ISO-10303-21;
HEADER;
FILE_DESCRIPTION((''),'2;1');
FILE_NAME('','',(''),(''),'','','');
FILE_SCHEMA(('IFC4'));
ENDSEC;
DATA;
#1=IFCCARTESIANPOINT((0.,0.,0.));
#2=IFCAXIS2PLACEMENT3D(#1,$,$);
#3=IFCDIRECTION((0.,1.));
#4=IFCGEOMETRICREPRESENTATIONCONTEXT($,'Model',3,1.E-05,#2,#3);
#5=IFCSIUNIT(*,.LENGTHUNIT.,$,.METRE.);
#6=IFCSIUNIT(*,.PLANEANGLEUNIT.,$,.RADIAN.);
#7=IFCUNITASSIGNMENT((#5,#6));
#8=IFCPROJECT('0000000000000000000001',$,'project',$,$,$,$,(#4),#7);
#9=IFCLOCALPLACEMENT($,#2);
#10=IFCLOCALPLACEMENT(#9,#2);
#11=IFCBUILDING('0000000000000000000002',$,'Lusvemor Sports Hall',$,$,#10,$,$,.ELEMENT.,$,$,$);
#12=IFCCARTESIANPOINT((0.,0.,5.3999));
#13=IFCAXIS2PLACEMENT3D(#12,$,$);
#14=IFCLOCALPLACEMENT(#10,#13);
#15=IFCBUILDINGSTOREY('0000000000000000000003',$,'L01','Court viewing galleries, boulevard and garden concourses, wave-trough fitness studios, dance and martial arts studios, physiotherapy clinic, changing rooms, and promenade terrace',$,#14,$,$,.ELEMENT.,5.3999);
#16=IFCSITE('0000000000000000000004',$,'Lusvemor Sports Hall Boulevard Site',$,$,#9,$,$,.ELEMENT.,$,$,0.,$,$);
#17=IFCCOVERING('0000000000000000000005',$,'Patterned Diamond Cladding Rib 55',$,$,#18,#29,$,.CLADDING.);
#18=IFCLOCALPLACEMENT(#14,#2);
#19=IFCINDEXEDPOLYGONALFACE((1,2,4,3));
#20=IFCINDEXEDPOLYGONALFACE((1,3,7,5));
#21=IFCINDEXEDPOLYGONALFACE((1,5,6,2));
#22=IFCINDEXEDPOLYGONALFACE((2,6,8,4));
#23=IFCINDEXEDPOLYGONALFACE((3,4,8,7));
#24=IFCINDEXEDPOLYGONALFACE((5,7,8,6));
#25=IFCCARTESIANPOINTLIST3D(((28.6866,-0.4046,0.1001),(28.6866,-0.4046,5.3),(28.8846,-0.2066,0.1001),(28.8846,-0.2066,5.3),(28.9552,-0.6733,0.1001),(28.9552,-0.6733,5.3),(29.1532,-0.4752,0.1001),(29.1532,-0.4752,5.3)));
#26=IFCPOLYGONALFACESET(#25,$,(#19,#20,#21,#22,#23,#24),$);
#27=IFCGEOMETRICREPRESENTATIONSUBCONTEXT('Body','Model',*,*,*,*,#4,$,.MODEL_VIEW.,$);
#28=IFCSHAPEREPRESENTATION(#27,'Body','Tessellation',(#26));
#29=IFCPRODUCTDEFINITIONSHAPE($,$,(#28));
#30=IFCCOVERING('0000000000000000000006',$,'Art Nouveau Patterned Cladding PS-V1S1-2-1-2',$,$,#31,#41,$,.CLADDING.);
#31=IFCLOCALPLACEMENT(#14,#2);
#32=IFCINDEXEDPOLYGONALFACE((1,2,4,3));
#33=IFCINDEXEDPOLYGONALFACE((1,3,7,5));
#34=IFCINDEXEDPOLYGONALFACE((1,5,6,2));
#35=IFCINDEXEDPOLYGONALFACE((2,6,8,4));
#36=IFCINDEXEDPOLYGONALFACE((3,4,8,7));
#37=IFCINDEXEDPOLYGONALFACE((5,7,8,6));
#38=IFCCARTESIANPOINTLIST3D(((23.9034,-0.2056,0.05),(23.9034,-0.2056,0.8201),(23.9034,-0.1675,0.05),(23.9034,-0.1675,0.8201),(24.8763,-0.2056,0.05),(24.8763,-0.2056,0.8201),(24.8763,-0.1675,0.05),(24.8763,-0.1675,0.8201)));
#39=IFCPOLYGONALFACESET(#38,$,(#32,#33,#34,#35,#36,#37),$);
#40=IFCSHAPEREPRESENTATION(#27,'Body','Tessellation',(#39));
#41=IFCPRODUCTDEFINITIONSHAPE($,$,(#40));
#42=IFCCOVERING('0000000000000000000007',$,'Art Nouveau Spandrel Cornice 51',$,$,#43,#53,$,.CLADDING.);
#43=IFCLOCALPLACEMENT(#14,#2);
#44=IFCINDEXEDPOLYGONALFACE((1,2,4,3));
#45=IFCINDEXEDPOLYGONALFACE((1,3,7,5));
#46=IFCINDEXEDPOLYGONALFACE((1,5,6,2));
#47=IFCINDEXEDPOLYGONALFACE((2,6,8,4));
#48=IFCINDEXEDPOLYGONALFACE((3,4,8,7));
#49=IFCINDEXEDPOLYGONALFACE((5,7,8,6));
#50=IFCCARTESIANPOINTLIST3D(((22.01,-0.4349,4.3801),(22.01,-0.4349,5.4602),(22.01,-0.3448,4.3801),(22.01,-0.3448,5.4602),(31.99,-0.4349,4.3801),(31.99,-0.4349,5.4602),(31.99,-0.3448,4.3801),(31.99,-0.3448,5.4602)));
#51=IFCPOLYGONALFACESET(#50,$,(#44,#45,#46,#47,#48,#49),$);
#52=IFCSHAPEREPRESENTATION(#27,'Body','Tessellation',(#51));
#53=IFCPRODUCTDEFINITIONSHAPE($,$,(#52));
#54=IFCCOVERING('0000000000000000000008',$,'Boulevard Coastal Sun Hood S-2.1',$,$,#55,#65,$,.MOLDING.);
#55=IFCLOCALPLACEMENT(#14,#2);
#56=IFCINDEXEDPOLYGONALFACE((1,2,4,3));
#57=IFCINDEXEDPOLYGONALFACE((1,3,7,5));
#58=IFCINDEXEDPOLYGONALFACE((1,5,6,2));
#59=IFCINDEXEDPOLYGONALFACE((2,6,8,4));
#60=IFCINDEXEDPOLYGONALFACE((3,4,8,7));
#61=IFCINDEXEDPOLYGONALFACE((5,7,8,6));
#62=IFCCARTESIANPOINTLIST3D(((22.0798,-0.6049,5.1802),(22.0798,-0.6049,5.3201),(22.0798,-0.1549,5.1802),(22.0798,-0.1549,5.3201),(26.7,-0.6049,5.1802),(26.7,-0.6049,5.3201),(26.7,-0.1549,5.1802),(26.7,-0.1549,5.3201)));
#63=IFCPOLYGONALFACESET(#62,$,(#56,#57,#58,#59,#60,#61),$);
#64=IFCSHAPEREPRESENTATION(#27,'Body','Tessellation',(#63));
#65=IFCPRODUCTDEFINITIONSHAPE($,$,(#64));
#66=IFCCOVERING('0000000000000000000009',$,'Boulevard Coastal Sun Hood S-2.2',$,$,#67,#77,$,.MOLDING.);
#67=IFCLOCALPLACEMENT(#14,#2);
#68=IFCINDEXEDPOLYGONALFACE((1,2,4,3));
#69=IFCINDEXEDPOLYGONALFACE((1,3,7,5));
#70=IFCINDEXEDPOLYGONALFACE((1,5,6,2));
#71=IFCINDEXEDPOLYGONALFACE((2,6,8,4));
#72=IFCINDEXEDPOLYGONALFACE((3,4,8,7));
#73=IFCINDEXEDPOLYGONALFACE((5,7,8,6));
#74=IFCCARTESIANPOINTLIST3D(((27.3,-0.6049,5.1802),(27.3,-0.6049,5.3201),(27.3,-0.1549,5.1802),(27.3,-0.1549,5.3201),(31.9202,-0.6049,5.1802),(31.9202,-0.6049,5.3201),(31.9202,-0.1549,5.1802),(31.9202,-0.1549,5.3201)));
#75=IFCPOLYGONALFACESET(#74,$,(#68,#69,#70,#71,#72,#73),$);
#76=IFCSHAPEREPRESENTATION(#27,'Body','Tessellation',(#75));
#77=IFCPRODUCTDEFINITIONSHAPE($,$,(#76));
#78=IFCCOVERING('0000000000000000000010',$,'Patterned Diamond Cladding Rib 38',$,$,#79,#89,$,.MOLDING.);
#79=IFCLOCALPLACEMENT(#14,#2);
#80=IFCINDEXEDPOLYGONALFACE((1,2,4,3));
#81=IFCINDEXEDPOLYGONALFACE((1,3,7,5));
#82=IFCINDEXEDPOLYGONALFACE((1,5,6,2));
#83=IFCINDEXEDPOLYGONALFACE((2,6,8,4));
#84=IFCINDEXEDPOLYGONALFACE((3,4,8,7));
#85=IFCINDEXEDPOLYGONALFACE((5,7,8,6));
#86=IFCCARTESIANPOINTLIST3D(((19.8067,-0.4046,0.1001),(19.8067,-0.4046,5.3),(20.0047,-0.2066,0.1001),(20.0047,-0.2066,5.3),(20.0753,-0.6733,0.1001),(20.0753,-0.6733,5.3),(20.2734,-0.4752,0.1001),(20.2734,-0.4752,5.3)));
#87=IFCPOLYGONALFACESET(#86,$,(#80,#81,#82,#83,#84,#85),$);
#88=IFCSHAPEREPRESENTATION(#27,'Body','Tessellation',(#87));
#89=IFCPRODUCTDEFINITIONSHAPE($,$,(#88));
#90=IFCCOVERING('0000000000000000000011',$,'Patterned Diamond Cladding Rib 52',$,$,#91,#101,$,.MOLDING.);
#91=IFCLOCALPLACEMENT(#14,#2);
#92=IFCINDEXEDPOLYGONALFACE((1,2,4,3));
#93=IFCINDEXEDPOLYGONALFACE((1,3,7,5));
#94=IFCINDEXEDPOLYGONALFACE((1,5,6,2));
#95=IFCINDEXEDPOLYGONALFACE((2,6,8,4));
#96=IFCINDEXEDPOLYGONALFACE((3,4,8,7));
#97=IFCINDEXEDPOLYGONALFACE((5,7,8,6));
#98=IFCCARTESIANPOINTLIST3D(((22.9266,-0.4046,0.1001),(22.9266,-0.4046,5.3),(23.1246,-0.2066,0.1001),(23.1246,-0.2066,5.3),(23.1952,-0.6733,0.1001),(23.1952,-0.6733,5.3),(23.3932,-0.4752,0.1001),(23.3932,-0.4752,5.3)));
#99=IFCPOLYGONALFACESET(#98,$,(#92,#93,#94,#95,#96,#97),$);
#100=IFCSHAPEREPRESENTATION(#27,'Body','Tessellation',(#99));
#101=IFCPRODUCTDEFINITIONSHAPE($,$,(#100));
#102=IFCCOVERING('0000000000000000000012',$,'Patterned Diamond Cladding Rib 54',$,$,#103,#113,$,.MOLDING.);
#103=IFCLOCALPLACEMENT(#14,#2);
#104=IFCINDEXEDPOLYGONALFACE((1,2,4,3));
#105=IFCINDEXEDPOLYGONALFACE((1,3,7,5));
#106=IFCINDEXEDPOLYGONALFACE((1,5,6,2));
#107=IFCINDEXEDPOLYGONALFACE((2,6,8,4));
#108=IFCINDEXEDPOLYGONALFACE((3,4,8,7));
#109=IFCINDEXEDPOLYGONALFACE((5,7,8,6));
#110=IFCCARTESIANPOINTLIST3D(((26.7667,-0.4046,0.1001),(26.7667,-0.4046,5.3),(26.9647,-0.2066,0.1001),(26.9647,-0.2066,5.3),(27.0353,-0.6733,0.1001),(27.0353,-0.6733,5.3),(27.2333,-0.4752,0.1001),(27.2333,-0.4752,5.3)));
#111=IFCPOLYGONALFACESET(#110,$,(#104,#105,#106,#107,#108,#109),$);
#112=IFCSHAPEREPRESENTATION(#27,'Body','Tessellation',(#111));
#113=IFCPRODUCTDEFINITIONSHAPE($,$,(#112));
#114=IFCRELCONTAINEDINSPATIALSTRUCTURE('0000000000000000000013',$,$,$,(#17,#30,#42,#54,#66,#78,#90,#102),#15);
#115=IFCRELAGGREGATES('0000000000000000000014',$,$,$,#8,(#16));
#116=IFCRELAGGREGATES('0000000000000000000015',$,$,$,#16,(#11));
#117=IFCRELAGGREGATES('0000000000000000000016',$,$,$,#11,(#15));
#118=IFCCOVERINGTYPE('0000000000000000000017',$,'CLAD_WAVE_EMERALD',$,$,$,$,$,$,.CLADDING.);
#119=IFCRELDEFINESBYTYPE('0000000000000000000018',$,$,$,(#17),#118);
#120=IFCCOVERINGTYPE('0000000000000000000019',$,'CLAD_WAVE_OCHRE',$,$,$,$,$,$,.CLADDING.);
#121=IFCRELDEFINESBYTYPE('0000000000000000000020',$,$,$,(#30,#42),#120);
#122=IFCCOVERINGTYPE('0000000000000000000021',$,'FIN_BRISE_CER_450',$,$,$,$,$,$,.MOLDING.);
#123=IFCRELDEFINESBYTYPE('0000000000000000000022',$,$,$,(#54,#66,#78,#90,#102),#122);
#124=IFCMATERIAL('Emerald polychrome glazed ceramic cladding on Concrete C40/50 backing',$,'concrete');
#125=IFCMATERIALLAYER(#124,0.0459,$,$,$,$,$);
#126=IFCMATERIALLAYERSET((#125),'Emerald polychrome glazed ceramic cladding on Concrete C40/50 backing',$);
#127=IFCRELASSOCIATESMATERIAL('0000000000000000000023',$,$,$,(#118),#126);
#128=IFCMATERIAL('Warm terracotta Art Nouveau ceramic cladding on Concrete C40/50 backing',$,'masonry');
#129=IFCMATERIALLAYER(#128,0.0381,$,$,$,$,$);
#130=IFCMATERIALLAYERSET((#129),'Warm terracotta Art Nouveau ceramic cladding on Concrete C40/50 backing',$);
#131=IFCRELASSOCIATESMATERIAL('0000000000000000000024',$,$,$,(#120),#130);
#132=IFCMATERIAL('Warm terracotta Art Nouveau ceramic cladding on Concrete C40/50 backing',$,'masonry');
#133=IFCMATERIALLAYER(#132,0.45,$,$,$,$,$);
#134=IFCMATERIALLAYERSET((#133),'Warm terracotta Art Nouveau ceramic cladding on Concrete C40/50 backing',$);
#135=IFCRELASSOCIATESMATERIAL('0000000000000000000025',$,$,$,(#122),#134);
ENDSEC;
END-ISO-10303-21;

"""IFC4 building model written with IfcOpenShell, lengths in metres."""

from ifc_helpers import new_model, si_unit, direction, frame, origin, origin_2d, place, context, subcontext, project, spatial, rectangle, extrude, material, layer, layer_set, type_object, element, save


model = new_model("IFC4")

# Units and contexts
model_context = context("Model", 3, precision=1e-05, world=origin(), true_north=direction((0.0, 1.0)))
body_context = subcontext(model_context, "Body", "Model", "MODEL_VIEW")
ifc_project = project(units=[si_unit("LENGTHUNIT", "METRE"), si_unit("PLANEANGLEUNIT", "RADIAN")], contexts=[model_context])

# Site, building, storey
site_placement = place(None, origin())
site = spatial("IfcSite", under=ifc_project, at=site_placement, Name="Lusvemor Sports Hall Boulevard Site", CompositionType="ELEMENT", RefElevation=0.0)
building_placement = place(site_placement, origin())
building = spatial("IfcBuilding", under=site, at=building_placement, Name="Lusvemor Sports Hall", CompositionType="ELEMENT")
storey_placement = place(building_placement, frame((0.0, 0.0, 5.3999)))
storey = spatial("IfcBuildingStorey", under=building, at=storey_placement, Name="L01", Description="Court viewing galleries, boulevard and garden concourses, wave-trough fitness studios, dance and martial arts studios, physiotherapy clinic, changing rooms, and promenade terrace", CompositionType="ELEMENT", Elevation=5.3999)

# Coverings
ifc_material_1 = material(Name="Emerald polychrome glazed ceramic cladding on Concrete C40/50 backing", Category="concrete")
ifc_layer_1 = layer(ifc_material_1, 0.0459)
ifc_layer_set_1 = layer_set([ifc_layer_1], Name="Emerald polychrome glazed ceramic cladding on Concrete C40/50 backing")
covering_type_1 = type_object("IfcCoveringType", Name="CLAD_WAVE_EMERALD", PredefinedType="CLADDING", material=ifc_layer_set_1)
for number, where, z_axis, x_axis, name in (
    (1, (28.9199, -0.4399, 0.1001), (0.0, 0.0, 1.0), (0.707107, 0.707107, 0.0), "Patterned Diamond Cladding Rib 55"),
):
    element("IfcCovering", number, at=place(storey_placement, frame(where, z_axis=z_axis, x_axis=x_axis)), inside=storey, type_object=covering_type_1, Name=name, PredefinedType="CLADDING", context=body_context, shape_type="SweptSolid", body=[
        extrude(rectangle(XDim=0.28, YDim=0.3799, at=origin_2d()), origin(), (0.0, 0.0, 1.0), 5.2),
    ])
ifc_material_2 = material(Name="Warm terracotta Art Nouveau ceramic cladding on Concrete C40/50 backing", Category="masonry")
ifc_layer_2 = layer(ifc_material_2, 0.0381)
ifc_layer_set_2 = layer_set([ifc_layer_2], Name="Warm terracotta Art Nouveau ceramic cladding on Concrete C40/50 backing")
covering_type_2 = type_object("IfcCoveringType", Name="CLAD_WAVE_OCHRE", PredefinedType="CLADDING", material=ifc_layer_set_2)
covering_1_placement = place(storey_placement, frame((24.3899, -0.1865, 0.05), z_axis=(0.0, 0.0, 1.0), x_axis=(1.0, 0.0, 0.0)))
element("IfcCovering", 2, at=covering_1_placement, inside=storey, type_object=covering_type_2, Name="Art Nouveau Patterned Cladding PS-V1S1-2-1-2", PredefinedType="CLADDING", context=body_context, shape_type="SweptSolid", body=[
    extrude(rectangle(XDim=0.9729, YDim=0.0381, at=origin_2d()), origin(), (0.0, 0.0, 1.0), 0.77),
])
covering_2_placement = place(storey_placement, frame((27.0, -0.3899, 4.3801), z_axis=(0.0, 0.0, 1.0), x_axis=(1.0, 0.0, 0.0)))
element("IfcCovering", 3, at=covering_2_placement, inside=storey, type_object=covering_type_2, Name="Art Nouveau Spandrel Cornice 51", PredefinedType="CLADDING", context=body_context, shape_type="SweptSolid", body=[
    extrude(rectangle(XDim=9.98, YDim=0.0901, at=origin_2d()), origin(), (0.0, 0.0, 1.0), 1.0801),
])
ifc_material_3 = material(Name="Warm terracotta Art Nouveau ceramic cladding on Concrete C40/50 backing", Category="masonry")
ifc_layer_3 = layer(ifc_material_3, 0.45)
ifc_layer_set_3 = layer_set([ifc_layer_3], Name="Warm terracotta Art Nouveau ceramic cladding on Concrete C40/50 backing")
covering_type_3 = type_object("IfcCoveringType", Name="FIN_BRISE_CER_450", PredefinedType="MOLDING", material=ifc_layer_set_3)
for number, where, z_axis, x_axis, name in (
    (4, (24.3899, -0.3799, 5.1802), (0.0, 0.0, 1.0), (1.0, 0.0, 0.0), "Boulevard Coastal Sun Hood S-2.1"),
    (5, (29.6101, -0.3799, 5.1802), (0.0, 0.0, 1.0), (1.0, 0.0, 0.0), "Boulevard Coastal Sun Hood S-2.2"),
):
    element("IfcCovering", number, at=place(storey_placement, frame(where, z_axis=z_axis, x_axis=x_axis)), inside=storey, type_object=covering_type_3, Name=name, PredefinedType="MOLDING", context=body_context, shape_type="SweptSolid", body=[
        extrude(rectangle(XDim=4.6201, YDim=0.45, at=origin_2d()), origin(), (0.0, 0.0, 1.0), 0.1399),
    ])
for number, where, z_axis, x_axis, name in (
    (6, (20.04, -0.4399, 0.1001), (0.0, 0.0, 1.0), (0.707107, 0.707107, 0.0), "Patterned Diamond Cladding Rib 38"),
    (7, (23.1599, -0.4399, 0.1001), (0.0, 0.0, 1.0), (0.707107, 0.707107, 0.0), "Patterned Diamond Cladding Rib 52"),
    (8, (27.0, -0.4399, 0.1001), (0.0, 0.0, 1.0), (0.707107, 0.707107, 0.0), "Patterned Diamond Cladding Rib 54"),
):
    element("IfcCovering", number, at=place(storey_placement, frame(where, z_axis=z_axis, x_axis=x_axis)), inside=storey, type_object=covering_type_3, Name=name, PredefinedType="MOLDING", context=body_context, shape_type="SweptSolid", body=[
        extrude(rectangle(XDim=0.28, YDim=0.3799, at=origin_2d()), origin(), (0.0, 0.0, 1.0), 5.2),
    ])

save(model, "model.ifc")
